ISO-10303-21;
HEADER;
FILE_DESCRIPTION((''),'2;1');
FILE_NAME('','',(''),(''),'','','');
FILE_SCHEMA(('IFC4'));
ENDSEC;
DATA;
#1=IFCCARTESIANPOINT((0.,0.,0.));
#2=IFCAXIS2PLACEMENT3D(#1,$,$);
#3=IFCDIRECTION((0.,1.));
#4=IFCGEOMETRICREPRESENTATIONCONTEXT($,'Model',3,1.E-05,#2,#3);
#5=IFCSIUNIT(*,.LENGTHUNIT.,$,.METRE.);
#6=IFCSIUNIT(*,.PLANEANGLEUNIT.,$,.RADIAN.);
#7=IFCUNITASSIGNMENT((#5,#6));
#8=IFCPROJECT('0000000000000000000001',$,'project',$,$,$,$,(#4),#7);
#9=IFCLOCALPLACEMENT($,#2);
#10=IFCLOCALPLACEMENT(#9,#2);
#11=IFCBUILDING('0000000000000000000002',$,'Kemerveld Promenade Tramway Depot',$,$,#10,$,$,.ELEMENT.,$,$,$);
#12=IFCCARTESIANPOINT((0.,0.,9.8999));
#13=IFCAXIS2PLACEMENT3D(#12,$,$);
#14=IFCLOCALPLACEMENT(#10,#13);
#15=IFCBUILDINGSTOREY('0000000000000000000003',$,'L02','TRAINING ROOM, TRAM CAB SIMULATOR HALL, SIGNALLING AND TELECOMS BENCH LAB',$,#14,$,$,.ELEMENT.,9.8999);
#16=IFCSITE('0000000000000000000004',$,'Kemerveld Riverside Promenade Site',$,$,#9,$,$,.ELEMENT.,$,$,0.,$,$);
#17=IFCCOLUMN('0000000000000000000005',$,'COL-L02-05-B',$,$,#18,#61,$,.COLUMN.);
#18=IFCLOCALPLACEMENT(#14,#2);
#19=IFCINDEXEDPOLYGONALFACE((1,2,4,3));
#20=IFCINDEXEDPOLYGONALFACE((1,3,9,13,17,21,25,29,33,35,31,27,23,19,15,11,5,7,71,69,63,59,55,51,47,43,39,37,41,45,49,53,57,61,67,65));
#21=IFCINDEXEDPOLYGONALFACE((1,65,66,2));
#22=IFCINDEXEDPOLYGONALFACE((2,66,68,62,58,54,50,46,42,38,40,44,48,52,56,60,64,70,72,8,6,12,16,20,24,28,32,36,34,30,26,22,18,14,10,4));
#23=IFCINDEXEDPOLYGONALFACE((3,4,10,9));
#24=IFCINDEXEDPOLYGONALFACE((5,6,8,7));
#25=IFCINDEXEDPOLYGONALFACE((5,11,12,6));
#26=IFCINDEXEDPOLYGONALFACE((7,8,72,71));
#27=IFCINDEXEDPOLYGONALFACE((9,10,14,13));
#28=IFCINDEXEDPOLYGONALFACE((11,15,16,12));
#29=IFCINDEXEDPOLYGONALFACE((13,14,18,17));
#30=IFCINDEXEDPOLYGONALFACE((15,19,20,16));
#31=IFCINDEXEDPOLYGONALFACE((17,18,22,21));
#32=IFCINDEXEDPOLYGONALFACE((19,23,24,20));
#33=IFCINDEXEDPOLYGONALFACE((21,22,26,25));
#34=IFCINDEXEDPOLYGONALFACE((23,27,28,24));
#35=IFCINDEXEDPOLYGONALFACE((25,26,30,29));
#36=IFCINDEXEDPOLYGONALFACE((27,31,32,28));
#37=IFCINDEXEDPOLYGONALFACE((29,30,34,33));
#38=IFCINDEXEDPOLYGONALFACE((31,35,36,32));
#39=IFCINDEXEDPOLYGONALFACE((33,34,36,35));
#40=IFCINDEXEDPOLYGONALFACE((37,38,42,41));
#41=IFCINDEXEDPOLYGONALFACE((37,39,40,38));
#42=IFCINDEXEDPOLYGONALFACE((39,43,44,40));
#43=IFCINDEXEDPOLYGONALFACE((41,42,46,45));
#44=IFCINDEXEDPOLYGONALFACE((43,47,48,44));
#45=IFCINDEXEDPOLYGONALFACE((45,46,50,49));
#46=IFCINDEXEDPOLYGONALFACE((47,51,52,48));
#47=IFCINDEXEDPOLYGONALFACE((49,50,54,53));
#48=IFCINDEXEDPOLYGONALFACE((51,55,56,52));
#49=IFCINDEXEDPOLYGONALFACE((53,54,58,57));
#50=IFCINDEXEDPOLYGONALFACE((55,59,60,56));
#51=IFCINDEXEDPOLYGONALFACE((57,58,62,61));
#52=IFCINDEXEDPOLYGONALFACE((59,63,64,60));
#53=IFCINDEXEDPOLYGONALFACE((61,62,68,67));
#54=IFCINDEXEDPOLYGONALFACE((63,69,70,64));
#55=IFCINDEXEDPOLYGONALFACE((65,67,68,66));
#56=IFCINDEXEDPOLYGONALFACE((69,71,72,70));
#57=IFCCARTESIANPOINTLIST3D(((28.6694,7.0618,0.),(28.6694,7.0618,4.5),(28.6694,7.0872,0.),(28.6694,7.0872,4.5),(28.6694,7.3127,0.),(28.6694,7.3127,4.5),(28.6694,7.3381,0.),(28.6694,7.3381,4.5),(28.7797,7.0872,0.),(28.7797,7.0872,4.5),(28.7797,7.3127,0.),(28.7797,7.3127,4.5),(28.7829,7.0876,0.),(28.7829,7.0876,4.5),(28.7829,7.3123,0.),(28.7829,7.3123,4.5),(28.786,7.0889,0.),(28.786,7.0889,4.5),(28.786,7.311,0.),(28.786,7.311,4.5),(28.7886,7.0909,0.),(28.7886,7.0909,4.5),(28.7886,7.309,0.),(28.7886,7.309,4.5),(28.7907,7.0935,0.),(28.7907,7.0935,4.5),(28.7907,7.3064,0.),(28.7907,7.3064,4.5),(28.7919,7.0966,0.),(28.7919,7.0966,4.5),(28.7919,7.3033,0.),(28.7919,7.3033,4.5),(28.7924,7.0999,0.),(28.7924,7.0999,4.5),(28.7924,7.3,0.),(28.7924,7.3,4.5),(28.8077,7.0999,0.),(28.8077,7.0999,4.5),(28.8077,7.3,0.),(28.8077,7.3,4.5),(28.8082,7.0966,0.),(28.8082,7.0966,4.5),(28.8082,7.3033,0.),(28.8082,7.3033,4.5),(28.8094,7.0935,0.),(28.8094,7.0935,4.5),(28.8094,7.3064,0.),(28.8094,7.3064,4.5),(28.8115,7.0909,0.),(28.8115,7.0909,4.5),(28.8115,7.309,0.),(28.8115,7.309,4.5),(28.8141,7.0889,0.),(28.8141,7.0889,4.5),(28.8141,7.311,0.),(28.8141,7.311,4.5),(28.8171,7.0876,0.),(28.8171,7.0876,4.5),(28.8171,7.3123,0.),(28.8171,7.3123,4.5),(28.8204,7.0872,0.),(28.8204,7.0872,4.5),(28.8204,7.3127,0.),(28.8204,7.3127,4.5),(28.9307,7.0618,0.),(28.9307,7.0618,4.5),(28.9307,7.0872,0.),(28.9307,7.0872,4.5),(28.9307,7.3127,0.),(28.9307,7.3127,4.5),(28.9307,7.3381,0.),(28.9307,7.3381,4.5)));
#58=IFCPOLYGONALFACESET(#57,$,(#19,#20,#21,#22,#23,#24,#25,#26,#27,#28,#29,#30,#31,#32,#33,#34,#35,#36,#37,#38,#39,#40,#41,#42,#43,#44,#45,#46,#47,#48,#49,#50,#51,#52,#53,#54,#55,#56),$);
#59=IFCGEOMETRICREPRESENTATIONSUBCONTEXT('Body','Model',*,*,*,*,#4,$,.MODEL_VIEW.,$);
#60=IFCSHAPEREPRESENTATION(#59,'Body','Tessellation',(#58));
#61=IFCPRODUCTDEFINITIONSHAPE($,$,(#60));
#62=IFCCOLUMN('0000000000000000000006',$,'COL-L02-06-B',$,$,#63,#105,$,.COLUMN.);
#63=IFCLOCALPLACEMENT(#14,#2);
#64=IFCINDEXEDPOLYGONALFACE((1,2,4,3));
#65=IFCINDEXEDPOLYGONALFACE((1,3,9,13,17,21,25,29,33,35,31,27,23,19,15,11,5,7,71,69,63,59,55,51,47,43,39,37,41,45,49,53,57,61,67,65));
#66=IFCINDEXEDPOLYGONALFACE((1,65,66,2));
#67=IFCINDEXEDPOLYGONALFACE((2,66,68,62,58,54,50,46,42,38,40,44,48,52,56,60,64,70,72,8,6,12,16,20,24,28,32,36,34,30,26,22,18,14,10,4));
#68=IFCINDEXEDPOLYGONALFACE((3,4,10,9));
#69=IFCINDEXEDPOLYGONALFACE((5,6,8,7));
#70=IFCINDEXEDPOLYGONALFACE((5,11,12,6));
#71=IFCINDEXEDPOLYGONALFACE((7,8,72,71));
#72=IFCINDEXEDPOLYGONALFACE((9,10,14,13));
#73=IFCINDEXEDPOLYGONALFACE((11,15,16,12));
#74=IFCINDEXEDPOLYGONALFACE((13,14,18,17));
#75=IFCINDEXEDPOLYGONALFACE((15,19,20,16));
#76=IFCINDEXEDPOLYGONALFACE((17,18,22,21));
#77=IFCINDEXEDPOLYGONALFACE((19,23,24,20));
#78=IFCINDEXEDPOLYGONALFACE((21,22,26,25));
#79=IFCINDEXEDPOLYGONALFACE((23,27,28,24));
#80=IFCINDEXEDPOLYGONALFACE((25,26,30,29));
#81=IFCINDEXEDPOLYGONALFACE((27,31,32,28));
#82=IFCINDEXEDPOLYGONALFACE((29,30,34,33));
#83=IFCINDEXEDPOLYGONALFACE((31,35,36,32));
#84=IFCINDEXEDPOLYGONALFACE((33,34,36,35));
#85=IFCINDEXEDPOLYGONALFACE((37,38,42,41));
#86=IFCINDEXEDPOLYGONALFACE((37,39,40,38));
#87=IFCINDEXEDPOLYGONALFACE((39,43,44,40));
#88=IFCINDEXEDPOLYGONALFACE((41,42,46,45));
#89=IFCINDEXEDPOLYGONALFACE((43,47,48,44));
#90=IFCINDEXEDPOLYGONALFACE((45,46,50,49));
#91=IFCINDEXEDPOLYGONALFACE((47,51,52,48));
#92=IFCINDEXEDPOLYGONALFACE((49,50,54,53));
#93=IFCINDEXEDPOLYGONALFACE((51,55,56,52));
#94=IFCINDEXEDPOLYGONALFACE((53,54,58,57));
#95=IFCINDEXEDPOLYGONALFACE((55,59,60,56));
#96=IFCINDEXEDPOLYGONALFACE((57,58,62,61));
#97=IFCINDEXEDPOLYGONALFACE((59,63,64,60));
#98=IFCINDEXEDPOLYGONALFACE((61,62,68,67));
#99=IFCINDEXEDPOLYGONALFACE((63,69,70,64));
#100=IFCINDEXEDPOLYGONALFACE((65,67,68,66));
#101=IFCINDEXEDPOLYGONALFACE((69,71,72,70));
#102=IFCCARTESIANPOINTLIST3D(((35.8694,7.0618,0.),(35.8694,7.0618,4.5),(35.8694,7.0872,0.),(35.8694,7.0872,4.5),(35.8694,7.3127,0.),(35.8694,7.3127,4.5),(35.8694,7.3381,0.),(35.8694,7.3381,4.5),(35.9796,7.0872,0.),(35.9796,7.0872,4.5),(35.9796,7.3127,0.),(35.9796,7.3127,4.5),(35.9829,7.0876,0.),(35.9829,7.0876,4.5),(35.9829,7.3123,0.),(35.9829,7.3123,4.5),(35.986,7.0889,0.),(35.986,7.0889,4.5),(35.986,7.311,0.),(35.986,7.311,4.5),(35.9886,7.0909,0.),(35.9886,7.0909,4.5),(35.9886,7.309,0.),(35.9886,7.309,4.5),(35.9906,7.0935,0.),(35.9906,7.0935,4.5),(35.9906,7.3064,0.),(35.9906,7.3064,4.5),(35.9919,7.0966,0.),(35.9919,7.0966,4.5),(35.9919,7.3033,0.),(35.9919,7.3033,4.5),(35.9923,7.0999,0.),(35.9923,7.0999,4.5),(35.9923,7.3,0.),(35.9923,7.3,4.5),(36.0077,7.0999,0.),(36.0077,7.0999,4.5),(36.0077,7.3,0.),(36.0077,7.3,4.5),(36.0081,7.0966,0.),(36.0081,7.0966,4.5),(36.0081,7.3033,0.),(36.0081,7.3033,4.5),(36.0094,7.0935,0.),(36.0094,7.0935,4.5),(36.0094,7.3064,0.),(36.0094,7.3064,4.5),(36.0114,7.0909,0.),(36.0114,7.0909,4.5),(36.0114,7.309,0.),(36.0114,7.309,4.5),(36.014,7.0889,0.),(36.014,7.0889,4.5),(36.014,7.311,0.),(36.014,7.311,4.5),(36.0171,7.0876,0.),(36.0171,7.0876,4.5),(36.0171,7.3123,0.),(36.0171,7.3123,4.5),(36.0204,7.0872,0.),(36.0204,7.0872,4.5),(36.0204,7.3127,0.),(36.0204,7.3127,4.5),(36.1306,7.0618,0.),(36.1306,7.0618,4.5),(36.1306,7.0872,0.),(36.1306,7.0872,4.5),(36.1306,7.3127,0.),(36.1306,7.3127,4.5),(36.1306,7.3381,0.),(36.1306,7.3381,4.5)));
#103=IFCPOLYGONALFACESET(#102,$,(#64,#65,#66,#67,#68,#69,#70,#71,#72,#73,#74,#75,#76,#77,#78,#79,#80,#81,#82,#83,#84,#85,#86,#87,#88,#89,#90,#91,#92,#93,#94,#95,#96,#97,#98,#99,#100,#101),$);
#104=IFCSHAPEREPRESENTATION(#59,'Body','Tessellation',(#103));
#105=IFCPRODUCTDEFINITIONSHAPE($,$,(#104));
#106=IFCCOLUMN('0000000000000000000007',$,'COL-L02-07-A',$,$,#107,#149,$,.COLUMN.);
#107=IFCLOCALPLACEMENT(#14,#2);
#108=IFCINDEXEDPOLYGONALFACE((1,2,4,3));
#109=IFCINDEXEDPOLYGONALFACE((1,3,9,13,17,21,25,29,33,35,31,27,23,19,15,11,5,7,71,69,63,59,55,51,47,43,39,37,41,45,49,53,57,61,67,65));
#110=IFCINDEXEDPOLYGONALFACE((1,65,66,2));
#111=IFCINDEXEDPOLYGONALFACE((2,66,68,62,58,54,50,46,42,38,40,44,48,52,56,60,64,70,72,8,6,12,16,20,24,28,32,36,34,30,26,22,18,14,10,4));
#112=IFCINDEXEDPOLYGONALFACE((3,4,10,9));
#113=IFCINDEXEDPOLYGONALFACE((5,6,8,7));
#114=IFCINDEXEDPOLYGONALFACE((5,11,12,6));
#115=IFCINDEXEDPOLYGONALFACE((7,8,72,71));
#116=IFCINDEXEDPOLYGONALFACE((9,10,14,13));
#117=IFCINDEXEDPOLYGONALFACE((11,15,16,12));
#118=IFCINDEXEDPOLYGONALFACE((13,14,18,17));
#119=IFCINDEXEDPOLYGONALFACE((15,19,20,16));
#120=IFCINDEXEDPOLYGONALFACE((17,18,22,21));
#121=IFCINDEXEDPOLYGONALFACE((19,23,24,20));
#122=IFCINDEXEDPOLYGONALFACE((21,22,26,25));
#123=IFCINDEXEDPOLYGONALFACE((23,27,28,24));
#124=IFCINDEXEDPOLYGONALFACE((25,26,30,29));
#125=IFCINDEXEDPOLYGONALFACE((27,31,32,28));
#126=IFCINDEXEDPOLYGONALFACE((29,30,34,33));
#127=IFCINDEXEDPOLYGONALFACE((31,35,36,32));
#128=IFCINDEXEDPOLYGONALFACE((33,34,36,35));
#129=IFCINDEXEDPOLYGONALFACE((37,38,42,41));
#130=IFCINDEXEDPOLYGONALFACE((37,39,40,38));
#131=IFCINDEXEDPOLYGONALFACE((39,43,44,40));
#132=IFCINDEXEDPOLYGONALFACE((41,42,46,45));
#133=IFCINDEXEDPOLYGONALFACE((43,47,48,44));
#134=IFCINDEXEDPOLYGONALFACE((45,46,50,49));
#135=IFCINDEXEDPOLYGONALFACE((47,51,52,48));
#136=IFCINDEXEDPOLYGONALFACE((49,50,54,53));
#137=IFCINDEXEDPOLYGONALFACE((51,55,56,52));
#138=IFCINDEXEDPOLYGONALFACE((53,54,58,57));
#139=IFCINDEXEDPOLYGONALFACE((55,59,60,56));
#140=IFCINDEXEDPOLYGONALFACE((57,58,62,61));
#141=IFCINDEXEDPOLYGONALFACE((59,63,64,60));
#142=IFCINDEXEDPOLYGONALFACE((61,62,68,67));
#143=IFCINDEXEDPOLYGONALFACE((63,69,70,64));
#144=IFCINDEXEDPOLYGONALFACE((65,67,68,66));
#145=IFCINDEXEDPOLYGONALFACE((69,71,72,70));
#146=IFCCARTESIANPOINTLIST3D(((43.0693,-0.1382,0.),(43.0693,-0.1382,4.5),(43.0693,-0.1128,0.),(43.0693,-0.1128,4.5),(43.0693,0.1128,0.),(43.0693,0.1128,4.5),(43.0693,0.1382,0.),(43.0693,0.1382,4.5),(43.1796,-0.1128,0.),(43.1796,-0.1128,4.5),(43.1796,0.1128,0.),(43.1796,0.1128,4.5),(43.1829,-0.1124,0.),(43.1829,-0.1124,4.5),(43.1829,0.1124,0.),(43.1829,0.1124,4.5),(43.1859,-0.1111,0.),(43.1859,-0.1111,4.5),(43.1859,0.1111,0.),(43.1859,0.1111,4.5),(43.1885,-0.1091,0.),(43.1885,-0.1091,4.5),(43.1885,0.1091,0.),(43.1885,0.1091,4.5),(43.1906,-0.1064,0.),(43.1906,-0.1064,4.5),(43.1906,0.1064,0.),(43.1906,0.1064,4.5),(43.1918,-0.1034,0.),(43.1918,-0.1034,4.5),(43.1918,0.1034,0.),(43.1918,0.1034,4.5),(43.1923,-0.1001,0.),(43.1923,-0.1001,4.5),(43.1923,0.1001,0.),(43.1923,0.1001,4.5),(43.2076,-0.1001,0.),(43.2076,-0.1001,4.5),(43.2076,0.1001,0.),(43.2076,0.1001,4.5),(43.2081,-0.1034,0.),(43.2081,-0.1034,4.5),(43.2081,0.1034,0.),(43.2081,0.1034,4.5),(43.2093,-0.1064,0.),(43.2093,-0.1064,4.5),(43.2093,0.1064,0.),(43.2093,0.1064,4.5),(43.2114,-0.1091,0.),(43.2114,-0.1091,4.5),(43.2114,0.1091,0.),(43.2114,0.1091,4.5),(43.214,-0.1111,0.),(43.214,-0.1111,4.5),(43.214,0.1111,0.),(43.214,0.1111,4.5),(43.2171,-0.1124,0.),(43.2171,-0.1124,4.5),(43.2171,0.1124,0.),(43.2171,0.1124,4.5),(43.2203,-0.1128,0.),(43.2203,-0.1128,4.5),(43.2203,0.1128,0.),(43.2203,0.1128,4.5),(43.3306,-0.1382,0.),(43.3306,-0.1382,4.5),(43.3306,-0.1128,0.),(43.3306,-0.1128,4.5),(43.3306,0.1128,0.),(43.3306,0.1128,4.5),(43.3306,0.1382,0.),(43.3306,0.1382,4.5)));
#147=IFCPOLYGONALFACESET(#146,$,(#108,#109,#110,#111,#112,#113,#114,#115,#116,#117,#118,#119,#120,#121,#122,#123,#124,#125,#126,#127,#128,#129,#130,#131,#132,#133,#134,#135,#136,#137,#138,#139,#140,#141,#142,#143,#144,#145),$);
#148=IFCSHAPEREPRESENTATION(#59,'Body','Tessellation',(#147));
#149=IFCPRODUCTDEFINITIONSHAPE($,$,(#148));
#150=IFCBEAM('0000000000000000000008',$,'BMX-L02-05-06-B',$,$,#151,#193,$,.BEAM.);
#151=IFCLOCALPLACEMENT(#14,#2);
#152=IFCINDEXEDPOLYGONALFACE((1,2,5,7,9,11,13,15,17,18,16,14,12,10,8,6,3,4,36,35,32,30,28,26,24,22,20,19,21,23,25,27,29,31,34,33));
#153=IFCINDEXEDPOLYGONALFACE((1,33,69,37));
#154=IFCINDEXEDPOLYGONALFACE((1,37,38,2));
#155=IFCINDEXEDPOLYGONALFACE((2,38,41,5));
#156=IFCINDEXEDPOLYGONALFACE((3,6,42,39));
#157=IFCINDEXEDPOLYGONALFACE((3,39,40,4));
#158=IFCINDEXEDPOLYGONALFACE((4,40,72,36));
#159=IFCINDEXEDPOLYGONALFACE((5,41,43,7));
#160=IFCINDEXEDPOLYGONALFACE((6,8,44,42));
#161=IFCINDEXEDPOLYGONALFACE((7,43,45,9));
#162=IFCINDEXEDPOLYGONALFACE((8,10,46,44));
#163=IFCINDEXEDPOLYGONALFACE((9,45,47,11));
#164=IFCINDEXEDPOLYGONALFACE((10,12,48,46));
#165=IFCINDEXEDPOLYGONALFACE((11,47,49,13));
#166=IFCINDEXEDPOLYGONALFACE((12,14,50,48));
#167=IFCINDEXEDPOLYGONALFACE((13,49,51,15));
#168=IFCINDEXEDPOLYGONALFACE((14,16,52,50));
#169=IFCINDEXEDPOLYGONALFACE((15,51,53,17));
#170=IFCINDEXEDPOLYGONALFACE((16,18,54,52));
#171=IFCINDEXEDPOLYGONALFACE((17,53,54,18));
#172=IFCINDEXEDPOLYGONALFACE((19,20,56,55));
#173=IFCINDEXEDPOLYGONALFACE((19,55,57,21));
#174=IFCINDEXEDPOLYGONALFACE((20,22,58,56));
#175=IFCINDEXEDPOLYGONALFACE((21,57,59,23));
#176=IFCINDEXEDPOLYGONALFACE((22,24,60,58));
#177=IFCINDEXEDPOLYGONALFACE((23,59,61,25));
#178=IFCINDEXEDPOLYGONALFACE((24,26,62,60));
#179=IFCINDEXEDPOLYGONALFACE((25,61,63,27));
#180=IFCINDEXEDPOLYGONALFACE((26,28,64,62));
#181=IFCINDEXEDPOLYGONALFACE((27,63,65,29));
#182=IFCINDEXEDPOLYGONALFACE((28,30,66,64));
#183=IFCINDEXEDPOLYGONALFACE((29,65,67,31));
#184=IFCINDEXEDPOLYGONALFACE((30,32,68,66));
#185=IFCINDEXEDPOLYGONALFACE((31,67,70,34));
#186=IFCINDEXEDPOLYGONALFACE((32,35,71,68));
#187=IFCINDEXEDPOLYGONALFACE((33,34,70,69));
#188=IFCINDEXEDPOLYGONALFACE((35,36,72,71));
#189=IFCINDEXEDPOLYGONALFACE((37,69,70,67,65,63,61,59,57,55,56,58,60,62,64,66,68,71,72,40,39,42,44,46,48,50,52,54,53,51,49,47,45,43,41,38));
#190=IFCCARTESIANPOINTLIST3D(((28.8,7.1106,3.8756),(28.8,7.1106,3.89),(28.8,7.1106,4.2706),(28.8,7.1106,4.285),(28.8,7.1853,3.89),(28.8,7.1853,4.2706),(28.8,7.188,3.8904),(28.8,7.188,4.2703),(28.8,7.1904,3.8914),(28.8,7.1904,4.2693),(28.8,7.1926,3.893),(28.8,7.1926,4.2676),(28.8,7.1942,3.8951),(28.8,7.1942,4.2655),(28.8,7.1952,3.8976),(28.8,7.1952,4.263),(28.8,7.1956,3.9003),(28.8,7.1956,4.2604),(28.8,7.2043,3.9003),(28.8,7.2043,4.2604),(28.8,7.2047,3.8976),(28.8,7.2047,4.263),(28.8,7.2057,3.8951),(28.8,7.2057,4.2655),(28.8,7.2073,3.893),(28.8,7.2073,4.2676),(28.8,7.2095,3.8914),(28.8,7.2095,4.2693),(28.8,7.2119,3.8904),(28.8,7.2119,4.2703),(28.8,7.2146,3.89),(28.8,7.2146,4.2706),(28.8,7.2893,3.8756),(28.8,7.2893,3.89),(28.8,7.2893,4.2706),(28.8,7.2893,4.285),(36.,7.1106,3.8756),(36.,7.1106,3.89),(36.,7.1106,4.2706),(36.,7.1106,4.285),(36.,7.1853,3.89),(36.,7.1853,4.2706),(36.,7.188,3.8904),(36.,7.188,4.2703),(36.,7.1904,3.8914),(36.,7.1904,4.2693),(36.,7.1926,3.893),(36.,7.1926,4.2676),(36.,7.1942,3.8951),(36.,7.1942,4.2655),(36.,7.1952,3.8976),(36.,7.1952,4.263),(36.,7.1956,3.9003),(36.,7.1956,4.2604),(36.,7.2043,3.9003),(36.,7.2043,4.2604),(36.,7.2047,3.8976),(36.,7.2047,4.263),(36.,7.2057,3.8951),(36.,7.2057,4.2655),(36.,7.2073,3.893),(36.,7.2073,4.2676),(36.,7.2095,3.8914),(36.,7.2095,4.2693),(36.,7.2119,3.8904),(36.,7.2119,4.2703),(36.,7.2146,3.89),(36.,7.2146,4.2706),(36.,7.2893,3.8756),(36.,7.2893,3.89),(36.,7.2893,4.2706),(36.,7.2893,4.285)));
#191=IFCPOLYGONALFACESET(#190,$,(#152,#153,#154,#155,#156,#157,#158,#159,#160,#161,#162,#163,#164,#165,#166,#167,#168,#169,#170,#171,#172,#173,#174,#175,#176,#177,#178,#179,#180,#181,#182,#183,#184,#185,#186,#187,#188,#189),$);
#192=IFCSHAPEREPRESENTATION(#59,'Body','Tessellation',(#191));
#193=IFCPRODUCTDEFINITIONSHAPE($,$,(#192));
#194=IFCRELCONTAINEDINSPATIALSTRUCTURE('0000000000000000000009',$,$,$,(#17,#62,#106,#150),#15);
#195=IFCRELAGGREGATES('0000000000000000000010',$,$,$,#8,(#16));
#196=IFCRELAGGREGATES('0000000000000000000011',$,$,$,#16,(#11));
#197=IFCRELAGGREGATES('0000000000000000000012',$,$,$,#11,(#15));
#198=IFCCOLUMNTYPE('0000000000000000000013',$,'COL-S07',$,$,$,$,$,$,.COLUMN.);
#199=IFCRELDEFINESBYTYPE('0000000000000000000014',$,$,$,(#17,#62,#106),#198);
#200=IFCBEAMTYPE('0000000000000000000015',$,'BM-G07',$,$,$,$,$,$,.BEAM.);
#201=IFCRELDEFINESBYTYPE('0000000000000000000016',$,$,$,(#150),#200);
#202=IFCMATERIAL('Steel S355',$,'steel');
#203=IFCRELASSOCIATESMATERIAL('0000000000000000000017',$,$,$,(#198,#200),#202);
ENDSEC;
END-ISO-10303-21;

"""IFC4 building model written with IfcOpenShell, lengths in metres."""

from ifc_helpers import new_model, si_unit, direction, frame, origin, origin_2d, place, context, subcontext, project, spatial, i_section, extrude, material, material_profile, profile_set, type_object, element, save


model = new_model("IFC4")

# Units and contexts
model_context = context("Model", 3, precision=1e-05, world=origin(), true_north=direction((0.0, 1.0)))
body_context = subcontext(model_context, "Body", "Model", "MODEL_VIEW")
ifc_project = project(units=[si_unit("LENGTHUNIT", "METRE"), si_unit("PLANEANGLEUNIT", "RADIAN")], contexts=[model_context])

# Site, building, storey
site_placement = place(None, origin())
site = spatial("IfcSite", under=ifc_project, at=site_placement, Name="Kemerveld Riverside Promenade Site", CompositionType="ELEMENT", RefElevation=0.0)
building_placement = place(site_placement, origin())
building = spatial("IfcBuilding", under=site, at=building_placement, Name="Kemerveld Promenade Tramway Depot", CompositionType="ELEMENT")
storey_placement = place(building_placement, frame((0.0, 0.0, 9.8999)))
storey = spatial("IfcBuildingStorey", under=building, at=storey_placement, Name="L02", Description="TRAINING ROOM, TRAM CAB SIMULATOR HALL, SIGNALLING AND TELECOMS BENCH LAB", CompositionType="ELEMENT", Elevation=9.8999)

# Columns
ifc_material_1 = material(Name="Steel S355", Category="steel")
ifc_material_profile_1 = material_profile(ifc_material_1, i_section(OverallWidth=0.2612, OverallDepth=0.2764, WebThickness=0.0154, FlangeThickness=0.0254, FilletRadius=0.0127, at=origin_2d()), Name="254x254x132 UC")
ifc_profile_set_1 = profile_set([ifc_material_profile_1], Name="Steel S355")
column_type = type_object("IfcColumnType", Name="COL-S07", PredefinedType="COLUMN", material=ifc_profile_set_1)
for number, where, z_axis, x_axis, name in (
    (1, (28.8, 7.2, 0.0), (0.0, 0.0, 1.0), (1.0, 0.0, 0.0), "COL-L02-05-B"),
    (2, (36.0, 7.2, 0.0), (0.0, 0.0, 1.0), (1.0, 0.0, 0.0), "COL-L02-06-B"),
    (3, (43.2, 0.0, 0.0), (0.0, 0.0, 1.0), (1.0, 0.0, 0.0), "COL-L02-07-A"),
):
    element("IfcColumn", number, at=place(storey_placement, frame(where, z_axis=z_axis, x_axis=x_axis)), inside=storey, type_object=column_type, Name=name, PredefinedType="COLUMN", context=body_context, shape_type="SweptSolid", body=[
        extrude(i_section(OverallWidth=0.2612, OverallDepth=0.2764, WebThickness=0.0154, FlangeThickness=0.0254, FilletRadius=0.0127, at=origin_2d()), origin(), (0.0, 0.0, 1.0), 4.5),
    ])

# Beam
ifc_material_profile_2 = material_profile(ifc_material_1, i_section(OverallWidth=0.1787, OverallDepth=0.4094, WebThickness=0.0088, FlangeThickness=0.0144, FilletRadius=0.0103, at=origin_2d()), Name="406x178x67 UB")
ifc_profile_set_2 = profile_set([ifc_material_profile_2], Name="Steel S355")
beam_type_1 = type_object("IfcBeamType", Name="BM-G07", PredefinedType="BEAM", material=ifc_profile_set_2)
beam_1_placement = place(storey_placement, frame((28.8, 7.2, 4.0803), z_axis=(1.0, 0.0, 0.0), x_axis=(0.0, 1.0, 0.0)))
element("IfcBeam", 4, at=beam_1_placement, inside=storey, type_object=beam_type_1, Name="BMX-L02-05-06-B", PredefinedType="BEAM", context=body_context, shape_type="SweptSolid", body=[
    extrude(i_section(OverallWidth=0.1787, OverallDepth=0.4094, WebThickness=0.0088, FlangeThickness=0.0144, FilletRadius=0.0103, at=origin_2d()), origin(), (0.0, 0.0, 1.0), 7.2),
])

save(model, "model.ifc")
